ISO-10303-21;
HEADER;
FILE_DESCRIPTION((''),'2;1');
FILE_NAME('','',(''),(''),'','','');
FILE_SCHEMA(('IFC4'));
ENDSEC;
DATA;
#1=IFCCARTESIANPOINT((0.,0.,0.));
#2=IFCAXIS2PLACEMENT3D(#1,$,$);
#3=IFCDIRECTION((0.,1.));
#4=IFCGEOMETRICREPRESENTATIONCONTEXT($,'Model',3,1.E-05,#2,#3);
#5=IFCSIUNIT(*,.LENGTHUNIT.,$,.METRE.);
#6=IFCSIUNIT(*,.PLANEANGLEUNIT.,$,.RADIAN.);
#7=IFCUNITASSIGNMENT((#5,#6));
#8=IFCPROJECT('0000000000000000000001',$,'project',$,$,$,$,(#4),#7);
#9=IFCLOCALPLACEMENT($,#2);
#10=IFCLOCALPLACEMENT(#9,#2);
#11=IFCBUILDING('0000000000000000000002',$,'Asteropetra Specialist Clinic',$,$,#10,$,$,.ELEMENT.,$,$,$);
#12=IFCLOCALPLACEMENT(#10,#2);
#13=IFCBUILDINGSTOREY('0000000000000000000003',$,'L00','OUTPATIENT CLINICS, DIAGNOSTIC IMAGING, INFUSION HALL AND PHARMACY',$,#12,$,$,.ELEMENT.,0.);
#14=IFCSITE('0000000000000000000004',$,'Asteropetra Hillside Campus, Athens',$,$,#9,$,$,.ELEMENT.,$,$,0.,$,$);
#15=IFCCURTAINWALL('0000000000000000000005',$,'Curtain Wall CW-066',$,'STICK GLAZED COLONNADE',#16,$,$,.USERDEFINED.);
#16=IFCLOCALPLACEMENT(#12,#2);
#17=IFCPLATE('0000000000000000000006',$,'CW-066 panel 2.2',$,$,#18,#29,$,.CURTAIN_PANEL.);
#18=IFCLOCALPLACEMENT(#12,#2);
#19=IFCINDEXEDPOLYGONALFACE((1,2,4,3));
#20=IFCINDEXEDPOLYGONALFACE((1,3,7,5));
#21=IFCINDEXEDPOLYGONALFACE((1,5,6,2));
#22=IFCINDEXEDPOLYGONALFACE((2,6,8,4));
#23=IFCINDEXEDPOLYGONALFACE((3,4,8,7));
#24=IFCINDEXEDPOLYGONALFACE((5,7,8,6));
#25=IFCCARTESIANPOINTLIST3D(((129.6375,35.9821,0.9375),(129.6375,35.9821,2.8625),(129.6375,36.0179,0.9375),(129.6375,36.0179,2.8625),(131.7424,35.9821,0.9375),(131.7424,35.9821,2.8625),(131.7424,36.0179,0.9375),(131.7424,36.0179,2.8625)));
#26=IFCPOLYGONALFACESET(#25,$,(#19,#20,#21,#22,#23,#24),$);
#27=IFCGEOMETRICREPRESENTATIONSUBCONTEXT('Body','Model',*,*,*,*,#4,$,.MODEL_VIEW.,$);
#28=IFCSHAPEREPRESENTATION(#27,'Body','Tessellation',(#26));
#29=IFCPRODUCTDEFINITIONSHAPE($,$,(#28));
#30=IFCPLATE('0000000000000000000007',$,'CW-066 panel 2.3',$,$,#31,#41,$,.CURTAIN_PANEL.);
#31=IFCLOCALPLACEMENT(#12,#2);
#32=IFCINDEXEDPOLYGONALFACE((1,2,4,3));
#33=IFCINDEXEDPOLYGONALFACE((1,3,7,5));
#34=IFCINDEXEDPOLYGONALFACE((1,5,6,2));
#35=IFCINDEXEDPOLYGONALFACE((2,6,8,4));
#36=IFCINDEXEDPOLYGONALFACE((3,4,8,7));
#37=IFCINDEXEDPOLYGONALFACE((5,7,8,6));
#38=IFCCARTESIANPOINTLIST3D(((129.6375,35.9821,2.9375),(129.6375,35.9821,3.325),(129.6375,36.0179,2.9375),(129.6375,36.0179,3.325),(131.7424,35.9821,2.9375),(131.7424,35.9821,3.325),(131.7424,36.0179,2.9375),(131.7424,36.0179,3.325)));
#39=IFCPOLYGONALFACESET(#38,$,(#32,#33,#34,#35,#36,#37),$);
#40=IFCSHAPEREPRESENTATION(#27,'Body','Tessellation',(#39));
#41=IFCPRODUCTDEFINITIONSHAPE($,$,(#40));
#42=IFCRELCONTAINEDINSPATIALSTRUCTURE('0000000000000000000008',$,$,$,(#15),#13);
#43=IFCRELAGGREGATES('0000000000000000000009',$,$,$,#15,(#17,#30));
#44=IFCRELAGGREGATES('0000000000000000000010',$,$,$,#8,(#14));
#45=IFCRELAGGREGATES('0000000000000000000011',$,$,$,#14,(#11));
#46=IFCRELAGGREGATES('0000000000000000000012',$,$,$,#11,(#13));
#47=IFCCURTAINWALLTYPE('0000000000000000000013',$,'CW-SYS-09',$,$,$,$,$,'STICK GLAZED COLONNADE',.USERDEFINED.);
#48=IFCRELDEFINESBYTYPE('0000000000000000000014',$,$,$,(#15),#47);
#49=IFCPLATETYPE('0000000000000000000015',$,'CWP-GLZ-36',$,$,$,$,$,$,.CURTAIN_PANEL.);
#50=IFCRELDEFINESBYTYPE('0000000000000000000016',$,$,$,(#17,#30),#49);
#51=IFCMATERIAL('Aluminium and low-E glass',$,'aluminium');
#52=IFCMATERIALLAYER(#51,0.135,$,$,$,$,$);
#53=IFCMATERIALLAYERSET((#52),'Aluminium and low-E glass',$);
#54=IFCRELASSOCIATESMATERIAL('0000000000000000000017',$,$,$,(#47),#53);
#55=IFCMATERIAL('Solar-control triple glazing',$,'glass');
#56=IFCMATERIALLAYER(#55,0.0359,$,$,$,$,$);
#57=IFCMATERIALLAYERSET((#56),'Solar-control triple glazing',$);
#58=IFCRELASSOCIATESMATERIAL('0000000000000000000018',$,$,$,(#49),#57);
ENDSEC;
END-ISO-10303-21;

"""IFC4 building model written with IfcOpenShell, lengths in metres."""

from ifc_helpers import new_model, si_unit, direction, frame, origin, origin_2d, place, context, subcontext, project, spatial, rectangle, extrude, material, layer, layer_set, type_object, element, aggregate, save


model = new_model("IFC4")

# Units and contexts
model_context = context("Model", 3, precision=1e-05, world=origin(), true_north=direction((0.0, 1.0)))
body_context = subcontext(model_context, "Body", "Model", "MODEL_VIEW")
ifc_project = project(units=[si_unit("LENGTHUNIT", "METRE"), si_unit("PLANEANGLEUNIT", "RADIAN")], contexts=[model_context])

# Site, building, storey
site_placement = place(None, origin())
site = spatial("IfcSite", under=ifc_project, at=site_placement, Name="Asteropetra Hillside Campus, Athens", CompositionType="ELEMENT", RefElevation=0.0)
building_placement = place(site_placement, origin())
building = spatial("IfcBuilding", under=site, at=building_placement, Name="Asteropetra Specialist Clinic", CompositionType="ELEMENT")
storey_placement = place(building_placement, origin())
storey = spatial("IfcBuildingStorey", under=building, at=storey_placement, Name="L00", Description="OUTPATIENT CLINICS, DIAGNOSTIC IMAGING, INFUSION HALL AND PHARMACY", CompositionType="ELEMENT", Elevation=0.0)

# Curtain wall, plates
ifc_material_1 = material(Name="Aluminium and low-E glass", Category="aluminium")
ifc_layer_1 = layer(ifc_material_1, 0.135)
ifc_layer_set_1 = layer_set([ifc_layer_1], Name="Aluminium and low-E glass")
curtain_wall_type = type_object("IfcCurtainWallType", Name="CW-SYS-09", ElementType="STICK GLAZED COLONNADE", PredefinedType="USERDEFINED", material=ifc_layer_set_1)
curtain_wall_placement = place(storey_placement, origin())
curtain_wall = element("IfcCurtainWall", 1, at=curtain_wall_placement, inside=storey, type_object=curtain_wall_type, Name="Curtain Wall CW-066", ObjectType="STICK GLAZED COLONNADE", PredefinedType="USERDEFINED")
ifc_material_2 = material(Name="Solar-control triple glazing", Category="glass")
ifc_layer_2 = layer(ifc_material_2, 0.0359)
ifc_layer_set_2 = layer_set([ifc_layer_2], Name="Solar-control triple glazing")
plate_type = type_object("IfcPlateType", Name="CWP-GLZ-36", PredefinedType="CURTAIN_PANEL", material=ifc_layer_set_2)
plate_1_placement = place(storey_placement, frame((130.6899, 36.0, 0.9375), z_axis=(0.0, 0.0, 1.0), x_axis=(-1.0, 0.0, 0.0)))
plate_1 = element("IfcPlate", 2, at=plate_1_placement, type_object=plate_type, Name="CW-066 panel 2.2", PredefinedType="CURTAIN_PANEL", context=body_context, shape_type="SweptSolid", body=[
    extrude(rectangle(XDim=2.105, YDim=0.0359, at=origin_2d()), origin(), (0.0, 0.0, 1.0), 1.925),
])
plate_2_placement = place(storey_placement, frame((130.6899, 36.0, 2.9375), z_axis=(0.0, 0.0, 1.0), x_axis=(-1.0, 0.0, 0.0)))
plate_2 = element("IfcPlate", 3, at=plate_2_placement, type_object=plate_type, Name="CW-066 panel 2.3", PredefinedType="CURTAIN_PANEL", context=body_context, shape_type="SweptSolid", body=[
    extrude(rectangle(XDim=2.105, YDim=0.0359, at=origin_2d()), origin(), (0.0, 0.0, 1.0), 0.3875),
])
aggregate(curtain_wall, [plate_1, plate_2])

save(model, "model.ifc")
